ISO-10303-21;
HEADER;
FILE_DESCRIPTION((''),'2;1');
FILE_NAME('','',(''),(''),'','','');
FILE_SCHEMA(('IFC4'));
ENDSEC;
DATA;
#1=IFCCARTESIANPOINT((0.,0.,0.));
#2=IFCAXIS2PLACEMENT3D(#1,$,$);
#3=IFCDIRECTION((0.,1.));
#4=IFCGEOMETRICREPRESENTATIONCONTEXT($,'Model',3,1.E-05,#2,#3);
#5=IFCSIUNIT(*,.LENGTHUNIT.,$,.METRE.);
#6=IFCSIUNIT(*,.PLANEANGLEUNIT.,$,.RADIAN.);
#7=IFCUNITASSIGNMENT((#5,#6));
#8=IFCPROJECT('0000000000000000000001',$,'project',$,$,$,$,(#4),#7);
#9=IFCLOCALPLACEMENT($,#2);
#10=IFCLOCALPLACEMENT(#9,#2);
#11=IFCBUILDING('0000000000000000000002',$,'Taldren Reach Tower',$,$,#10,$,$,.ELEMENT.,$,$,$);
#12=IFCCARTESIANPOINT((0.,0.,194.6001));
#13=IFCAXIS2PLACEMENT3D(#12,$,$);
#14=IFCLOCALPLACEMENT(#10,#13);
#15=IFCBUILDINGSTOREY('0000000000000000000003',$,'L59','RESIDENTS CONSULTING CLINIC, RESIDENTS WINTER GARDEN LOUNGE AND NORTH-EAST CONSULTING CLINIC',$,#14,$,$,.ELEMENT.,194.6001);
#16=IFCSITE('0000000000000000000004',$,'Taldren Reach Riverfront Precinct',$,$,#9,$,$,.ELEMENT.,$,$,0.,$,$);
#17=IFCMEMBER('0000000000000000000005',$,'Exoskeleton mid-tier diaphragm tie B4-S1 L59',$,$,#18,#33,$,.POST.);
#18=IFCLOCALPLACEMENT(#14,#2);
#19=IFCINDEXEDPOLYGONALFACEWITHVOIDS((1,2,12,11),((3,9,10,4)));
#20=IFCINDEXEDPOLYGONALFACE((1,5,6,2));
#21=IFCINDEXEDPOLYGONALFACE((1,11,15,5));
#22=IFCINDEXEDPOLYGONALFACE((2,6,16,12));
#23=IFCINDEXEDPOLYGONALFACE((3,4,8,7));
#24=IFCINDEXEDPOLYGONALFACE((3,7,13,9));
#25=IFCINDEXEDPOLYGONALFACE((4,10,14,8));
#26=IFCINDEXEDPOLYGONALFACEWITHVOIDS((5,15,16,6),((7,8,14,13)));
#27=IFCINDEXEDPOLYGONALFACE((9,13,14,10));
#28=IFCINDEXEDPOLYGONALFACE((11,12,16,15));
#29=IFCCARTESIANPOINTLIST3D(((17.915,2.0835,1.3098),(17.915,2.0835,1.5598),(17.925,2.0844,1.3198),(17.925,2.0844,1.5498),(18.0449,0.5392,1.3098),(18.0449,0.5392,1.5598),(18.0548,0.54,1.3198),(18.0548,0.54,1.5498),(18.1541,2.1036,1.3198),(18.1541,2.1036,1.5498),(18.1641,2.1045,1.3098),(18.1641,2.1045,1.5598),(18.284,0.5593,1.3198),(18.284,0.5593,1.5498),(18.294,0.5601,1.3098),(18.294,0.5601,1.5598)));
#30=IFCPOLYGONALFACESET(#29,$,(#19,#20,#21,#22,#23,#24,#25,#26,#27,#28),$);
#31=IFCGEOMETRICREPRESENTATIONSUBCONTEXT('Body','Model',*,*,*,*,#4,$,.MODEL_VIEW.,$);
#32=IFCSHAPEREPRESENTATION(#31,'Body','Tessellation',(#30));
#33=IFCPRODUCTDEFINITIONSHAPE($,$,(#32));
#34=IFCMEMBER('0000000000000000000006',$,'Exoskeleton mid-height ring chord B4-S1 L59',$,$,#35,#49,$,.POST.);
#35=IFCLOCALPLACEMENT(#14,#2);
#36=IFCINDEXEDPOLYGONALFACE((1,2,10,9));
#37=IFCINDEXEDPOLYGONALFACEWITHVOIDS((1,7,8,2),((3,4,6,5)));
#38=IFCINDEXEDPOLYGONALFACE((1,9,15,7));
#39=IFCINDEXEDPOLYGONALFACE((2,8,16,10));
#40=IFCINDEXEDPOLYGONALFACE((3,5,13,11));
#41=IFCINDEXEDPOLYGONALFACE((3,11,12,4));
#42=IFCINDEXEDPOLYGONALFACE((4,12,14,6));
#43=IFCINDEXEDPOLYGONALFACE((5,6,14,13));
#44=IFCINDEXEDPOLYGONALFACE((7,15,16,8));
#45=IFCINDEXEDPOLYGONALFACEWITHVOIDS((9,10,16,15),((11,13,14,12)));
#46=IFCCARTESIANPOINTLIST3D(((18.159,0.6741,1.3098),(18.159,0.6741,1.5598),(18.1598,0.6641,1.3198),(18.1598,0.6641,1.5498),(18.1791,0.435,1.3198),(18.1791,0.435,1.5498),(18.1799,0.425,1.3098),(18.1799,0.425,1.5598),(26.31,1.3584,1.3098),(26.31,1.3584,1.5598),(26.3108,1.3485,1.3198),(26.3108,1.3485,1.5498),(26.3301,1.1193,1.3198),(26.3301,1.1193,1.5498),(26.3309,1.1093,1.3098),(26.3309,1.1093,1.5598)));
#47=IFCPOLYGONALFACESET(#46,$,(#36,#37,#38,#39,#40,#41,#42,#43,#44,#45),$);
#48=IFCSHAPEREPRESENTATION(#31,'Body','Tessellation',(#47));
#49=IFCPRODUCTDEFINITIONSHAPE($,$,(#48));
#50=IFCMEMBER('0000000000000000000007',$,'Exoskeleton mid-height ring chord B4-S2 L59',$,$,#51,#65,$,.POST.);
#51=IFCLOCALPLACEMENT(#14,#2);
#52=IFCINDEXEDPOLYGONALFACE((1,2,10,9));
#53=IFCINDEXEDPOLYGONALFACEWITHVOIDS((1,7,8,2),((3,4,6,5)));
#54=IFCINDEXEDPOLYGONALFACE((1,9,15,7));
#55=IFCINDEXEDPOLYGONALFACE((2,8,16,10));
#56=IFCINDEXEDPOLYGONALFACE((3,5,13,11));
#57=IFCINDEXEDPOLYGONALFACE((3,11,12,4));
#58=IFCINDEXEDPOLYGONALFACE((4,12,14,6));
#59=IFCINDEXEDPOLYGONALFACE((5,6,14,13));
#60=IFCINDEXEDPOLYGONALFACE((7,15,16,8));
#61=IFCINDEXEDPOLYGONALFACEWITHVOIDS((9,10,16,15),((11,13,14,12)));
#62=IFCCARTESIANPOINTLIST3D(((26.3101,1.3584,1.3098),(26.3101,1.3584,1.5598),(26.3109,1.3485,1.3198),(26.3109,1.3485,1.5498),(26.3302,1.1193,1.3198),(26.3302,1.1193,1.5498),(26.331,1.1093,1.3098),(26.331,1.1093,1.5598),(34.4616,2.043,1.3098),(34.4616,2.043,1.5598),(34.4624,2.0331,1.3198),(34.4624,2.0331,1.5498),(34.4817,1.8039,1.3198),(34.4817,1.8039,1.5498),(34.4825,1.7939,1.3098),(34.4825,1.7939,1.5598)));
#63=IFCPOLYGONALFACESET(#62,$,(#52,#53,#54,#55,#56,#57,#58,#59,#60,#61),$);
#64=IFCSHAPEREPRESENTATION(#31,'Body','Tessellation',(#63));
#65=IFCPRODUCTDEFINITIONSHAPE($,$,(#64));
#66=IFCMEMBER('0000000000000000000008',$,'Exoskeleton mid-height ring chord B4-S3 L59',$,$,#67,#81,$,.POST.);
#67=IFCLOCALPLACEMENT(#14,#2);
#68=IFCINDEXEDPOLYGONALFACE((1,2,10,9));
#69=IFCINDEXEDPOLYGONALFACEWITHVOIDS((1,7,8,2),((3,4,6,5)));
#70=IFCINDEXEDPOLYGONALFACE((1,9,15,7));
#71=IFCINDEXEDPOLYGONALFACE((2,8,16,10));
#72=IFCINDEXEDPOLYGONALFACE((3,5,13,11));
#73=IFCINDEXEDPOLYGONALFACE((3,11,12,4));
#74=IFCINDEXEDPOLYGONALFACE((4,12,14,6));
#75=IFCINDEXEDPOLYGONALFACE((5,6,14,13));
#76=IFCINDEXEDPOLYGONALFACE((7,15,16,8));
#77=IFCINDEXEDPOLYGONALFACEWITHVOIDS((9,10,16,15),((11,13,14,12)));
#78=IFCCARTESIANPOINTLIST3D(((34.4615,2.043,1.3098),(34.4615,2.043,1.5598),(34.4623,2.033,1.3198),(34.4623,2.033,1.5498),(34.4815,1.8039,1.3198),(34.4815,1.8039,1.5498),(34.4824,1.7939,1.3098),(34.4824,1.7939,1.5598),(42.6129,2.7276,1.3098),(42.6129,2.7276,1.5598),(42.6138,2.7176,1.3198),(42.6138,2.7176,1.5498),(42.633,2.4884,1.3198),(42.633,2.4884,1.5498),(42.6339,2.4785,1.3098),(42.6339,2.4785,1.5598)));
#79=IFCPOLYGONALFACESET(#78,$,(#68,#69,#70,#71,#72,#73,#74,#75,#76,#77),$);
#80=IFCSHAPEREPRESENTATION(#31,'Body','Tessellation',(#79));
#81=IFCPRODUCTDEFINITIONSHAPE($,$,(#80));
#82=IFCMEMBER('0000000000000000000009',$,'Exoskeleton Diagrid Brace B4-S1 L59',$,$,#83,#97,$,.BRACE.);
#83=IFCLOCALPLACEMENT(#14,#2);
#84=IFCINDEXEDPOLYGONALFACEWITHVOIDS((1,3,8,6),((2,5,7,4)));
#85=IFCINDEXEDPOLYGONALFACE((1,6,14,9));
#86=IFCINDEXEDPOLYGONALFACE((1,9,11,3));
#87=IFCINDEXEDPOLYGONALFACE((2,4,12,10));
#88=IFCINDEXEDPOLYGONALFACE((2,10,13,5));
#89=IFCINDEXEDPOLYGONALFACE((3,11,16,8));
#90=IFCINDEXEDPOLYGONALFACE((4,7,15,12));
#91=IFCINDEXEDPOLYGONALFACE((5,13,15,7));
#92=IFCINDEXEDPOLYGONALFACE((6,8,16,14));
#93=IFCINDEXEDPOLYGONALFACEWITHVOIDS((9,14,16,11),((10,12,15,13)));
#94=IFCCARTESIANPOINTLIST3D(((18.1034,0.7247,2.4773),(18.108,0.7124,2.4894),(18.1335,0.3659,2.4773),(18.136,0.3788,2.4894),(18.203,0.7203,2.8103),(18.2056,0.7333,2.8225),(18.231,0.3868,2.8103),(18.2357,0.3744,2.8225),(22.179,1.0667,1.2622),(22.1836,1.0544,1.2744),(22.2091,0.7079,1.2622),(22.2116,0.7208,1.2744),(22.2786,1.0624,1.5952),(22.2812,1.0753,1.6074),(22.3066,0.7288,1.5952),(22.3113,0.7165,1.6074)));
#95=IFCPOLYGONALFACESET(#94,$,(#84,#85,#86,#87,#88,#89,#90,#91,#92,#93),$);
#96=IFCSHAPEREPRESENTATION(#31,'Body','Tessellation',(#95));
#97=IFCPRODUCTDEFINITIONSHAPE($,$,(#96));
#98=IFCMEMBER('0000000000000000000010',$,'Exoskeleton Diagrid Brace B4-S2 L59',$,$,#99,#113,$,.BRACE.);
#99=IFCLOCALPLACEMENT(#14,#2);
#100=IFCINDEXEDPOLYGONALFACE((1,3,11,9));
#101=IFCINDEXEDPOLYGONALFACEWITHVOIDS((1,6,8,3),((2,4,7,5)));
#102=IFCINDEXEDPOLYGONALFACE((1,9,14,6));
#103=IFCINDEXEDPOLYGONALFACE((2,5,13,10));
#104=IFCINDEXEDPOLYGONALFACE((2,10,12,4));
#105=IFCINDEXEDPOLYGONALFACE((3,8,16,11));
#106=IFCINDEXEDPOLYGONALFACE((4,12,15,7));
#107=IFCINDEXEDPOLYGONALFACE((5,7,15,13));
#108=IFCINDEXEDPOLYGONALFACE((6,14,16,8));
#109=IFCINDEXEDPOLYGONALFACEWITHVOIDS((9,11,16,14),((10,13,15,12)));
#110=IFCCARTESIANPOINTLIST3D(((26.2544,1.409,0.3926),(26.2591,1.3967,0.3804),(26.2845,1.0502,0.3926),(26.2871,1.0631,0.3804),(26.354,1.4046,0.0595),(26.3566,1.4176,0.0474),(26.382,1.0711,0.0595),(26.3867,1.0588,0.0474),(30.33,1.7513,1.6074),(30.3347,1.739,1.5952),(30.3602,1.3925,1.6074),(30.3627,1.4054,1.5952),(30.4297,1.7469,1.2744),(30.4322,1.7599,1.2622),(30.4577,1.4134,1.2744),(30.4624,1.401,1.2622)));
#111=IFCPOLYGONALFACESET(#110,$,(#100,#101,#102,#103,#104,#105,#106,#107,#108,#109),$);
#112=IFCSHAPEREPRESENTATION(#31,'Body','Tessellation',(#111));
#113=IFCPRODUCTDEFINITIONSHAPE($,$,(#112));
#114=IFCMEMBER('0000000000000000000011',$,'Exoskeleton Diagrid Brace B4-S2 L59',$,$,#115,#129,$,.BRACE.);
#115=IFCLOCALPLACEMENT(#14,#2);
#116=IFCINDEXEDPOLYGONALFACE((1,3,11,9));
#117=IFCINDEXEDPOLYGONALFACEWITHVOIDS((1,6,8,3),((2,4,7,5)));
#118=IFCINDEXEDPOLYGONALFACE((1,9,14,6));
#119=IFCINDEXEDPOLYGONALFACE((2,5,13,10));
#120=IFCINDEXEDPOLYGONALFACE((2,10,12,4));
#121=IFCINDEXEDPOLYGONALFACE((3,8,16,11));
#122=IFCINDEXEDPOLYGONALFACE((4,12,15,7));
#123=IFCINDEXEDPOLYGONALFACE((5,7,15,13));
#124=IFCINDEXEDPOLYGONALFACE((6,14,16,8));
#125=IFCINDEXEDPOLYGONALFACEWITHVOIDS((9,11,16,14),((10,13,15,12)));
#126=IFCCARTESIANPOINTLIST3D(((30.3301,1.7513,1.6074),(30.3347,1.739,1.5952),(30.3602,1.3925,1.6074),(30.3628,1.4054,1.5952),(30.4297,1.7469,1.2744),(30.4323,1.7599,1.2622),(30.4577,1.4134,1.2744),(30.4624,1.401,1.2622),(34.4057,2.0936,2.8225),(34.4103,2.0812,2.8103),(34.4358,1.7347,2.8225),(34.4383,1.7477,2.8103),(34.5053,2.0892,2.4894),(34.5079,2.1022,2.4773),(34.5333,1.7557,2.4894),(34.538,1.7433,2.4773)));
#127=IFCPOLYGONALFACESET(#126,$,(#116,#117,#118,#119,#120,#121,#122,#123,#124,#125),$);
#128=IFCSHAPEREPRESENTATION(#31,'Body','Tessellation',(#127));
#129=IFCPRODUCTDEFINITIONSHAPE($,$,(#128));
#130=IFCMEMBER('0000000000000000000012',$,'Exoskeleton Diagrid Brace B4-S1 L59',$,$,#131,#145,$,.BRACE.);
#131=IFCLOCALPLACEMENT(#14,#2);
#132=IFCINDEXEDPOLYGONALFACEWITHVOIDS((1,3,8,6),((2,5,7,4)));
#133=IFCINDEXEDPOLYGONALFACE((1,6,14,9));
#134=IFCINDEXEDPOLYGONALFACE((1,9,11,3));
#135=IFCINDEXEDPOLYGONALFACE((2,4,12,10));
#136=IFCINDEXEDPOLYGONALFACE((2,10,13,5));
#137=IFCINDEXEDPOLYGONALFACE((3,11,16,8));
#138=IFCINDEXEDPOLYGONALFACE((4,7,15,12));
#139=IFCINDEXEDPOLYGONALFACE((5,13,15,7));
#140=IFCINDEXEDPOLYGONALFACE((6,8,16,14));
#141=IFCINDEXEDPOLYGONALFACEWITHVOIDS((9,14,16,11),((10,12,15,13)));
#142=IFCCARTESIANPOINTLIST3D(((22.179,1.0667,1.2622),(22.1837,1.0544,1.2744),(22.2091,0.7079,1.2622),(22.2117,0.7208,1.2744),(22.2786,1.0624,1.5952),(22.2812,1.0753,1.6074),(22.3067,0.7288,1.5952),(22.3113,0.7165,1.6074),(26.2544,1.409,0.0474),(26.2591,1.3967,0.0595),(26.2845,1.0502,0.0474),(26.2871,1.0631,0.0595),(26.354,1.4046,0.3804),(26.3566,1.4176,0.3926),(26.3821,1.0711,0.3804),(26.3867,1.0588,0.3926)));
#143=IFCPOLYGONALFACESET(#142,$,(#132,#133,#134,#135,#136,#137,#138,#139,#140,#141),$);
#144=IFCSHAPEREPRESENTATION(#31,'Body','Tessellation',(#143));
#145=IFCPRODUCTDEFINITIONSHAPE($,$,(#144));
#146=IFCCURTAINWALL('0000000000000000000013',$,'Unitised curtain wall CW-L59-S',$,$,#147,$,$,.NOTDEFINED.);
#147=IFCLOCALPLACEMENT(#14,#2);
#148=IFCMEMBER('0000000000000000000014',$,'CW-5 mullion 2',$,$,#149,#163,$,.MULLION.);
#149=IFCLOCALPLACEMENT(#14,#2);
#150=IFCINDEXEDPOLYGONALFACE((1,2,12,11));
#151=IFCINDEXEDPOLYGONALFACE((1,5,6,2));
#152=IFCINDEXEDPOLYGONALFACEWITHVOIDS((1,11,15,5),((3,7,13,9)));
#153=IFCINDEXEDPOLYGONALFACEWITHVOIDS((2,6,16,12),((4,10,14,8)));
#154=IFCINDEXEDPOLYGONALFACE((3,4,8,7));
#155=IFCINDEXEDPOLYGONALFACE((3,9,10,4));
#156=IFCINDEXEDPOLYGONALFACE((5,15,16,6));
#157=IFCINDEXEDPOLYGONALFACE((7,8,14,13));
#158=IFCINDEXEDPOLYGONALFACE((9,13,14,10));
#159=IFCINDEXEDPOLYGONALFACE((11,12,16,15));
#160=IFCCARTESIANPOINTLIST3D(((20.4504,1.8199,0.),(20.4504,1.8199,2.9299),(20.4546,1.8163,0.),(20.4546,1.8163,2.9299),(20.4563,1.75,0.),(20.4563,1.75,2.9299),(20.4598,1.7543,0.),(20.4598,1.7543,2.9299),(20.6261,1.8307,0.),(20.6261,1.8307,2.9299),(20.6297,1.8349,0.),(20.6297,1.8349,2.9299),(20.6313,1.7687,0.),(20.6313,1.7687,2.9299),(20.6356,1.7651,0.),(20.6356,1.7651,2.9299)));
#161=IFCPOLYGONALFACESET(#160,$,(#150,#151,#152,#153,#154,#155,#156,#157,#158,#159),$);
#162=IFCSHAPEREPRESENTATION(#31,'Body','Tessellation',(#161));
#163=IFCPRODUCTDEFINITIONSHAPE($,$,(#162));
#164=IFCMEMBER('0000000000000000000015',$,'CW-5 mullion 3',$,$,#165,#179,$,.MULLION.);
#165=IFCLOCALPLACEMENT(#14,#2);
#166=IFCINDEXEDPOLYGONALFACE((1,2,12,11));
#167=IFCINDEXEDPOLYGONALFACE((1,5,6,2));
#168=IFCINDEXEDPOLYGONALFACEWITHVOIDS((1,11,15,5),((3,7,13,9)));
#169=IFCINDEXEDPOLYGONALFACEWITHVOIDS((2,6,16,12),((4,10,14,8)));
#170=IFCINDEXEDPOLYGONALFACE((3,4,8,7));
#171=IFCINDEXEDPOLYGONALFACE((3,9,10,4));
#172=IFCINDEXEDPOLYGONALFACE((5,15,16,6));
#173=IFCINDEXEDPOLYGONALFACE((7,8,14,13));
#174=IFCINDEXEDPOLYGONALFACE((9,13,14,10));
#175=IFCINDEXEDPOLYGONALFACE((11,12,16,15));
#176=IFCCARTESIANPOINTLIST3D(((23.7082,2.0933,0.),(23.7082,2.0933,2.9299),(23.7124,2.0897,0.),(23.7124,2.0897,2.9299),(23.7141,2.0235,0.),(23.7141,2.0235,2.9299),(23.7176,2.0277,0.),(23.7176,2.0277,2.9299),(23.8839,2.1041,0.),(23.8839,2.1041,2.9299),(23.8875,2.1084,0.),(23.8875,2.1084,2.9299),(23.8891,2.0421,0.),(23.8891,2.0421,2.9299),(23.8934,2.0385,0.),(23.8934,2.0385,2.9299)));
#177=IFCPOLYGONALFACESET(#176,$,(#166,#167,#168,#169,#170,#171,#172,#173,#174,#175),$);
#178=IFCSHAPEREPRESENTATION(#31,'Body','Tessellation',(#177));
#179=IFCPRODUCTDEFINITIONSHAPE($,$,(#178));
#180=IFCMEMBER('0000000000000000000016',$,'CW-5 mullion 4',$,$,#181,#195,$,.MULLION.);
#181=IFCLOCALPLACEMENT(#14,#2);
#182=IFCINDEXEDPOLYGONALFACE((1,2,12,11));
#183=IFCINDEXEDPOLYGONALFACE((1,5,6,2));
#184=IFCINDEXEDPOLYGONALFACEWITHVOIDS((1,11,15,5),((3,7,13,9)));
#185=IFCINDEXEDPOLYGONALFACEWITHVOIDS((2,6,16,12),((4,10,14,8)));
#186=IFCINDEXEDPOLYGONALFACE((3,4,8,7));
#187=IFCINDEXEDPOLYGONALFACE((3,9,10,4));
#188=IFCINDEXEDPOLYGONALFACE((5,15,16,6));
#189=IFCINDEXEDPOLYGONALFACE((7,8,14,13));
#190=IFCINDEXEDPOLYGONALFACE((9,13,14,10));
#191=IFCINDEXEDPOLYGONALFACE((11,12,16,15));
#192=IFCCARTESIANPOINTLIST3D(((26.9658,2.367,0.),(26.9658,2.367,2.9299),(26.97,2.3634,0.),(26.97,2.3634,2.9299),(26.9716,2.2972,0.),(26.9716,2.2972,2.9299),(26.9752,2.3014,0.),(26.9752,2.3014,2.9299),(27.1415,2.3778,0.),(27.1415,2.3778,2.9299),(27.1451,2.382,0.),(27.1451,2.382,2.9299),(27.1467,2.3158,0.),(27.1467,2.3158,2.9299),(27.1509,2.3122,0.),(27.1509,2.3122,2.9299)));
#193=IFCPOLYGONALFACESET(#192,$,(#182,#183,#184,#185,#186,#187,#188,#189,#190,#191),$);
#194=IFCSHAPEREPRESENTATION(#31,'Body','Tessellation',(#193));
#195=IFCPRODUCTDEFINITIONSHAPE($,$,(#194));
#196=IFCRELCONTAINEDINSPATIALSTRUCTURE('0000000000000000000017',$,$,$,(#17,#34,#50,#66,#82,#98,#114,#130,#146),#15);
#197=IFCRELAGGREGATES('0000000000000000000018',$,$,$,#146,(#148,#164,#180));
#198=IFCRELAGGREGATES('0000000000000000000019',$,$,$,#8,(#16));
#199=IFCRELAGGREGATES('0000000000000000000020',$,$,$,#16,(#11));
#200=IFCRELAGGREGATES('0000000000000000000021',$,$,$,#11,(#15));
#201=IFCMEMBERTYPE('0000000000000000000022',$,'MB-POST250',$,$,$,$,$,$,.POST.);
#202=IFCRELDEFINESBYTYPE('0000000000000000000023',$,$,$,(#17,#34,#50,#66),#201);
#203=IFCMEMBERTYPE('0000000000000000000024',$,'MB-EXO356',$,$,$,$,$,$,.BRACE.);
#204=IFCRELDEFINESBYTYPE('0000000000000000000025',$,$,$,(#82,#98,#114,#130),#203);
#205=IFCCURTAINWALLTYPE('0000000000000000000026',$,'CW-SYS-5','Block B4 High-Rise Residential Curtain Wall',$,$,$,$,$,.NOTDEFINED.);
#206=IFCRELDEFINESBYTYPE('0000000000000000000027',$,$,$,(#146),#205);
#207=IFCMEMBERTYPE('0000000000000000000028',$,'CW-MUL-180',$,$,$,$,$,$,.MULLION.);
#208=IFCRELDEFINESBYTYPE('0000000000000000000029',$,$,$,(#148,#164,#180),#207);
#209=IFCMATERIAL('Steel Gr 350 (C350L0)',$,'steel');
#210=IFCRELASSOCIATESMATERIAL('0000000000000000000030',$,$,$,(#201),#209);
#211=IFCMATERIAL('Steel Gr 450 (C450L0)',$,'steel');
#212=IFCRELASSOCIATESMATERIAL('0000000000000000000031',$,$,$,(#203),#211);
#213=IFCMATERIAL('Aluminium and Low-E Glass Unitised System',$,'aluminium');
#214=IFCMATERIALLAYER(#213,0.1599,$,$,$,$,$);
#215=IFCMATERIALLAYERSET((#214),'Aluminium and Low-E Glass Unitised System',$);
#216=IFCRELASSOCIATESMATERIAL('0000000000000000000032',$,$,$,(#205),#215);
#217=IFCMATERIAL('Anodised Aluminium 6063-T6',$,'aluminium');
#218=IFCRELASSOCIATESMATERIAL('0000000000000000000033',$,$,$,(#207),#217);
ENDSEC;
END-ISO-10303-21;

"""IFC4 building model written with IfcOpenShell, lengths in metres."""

from ifc_helpers import new_model, si_unit, direction, frame, origin, origin_2d, place, context, subcontext, project, spatial, hollow_rectangle, extrude, source, transform, mapped, material, layer, layer_set, material_profile, profile_set, type_object, element, aggregate, save


model = new_model("IFC4")

# Units and contexts
model_context = context("Model", 3, precision=1e-05, world=origin(), true_north=direction((0.0, 1.0)))
body_context = subcontext(model_context, "Body", "Model", "MODEL_VIEW")
ifc_project = project(units=[si_unit("LENGTHUNIT", "METRE"), si_unit("PLANEANGLEUNIT", "RADIAN")], contexts=[model_context])

# Site, building, storey
site_placement = place(None, origin())
site = spatial("IfcSite", under=ifc_project, at=site_placement, Name="Taldren Reach Riverfront Precinct", CompositionType="ELEMENT", RefElevation=0.0)
building_placement = place(site_placement, origin())
building = spatial("IfcBuilding", under=site, at=building_placement, Name="Taldren Reach Tower", CompositionType="ELEMENT")
storey_placement = place(building_placement, frame((0.0, 0.0, 194.6001)))
storey = spatial("IfcBuildingStorey", under=building, at=storey_placement, Name="L59", Description="RESIDENTS CONSULTING CLINIC, RESIDENTS WINTER GARDEN LOUNGE AND NORTH-EAST CONSULTING CLINIC", CompositionType="ELEMENT", Elevation=194.6001)

# Members
ifc_material_1 = material(Name="Steel Gr 350 (C350L0)", Category="steel")
ifc_material_profile_1 = material_profile(ifc_material_1, hollow_rectangle(XDim=0.25, YDim=0.25, WallThickness=0.01, at=origin_2d()), Name="250x250x10.0SHS")
ifc_profile_set_1 = profile_set([ifc_material_profile_1], Name="Steel Gr 350 (C350L0)")
member_type_1 = type_object("IfcMemberType", Name="MB-POST250", PredefinedType="POST", material=ifc_profile_set_1)
shared_shape_1 = source(origin(), body_context, "Body", "SweptSolid", [
    extrude(hollow_rectangle(XDim=0.25, YDim=0.25, WallThickness=0.01, at=origin_2d()), origin(), (0.0, 0.0, 1.0), 1.5498),
])
member_1_placement = place(storey_placement, frame((18.0396, 2.094, 1.4348), z_axis=(0.083802, -0.996482, 0.0), x_axis=(0.996482, 0.083802, 0.0)))
element("IfcMember", 1, at=member_1_placement, inside=storey, type_object=member_type_1, Name="Exoskeleton mid-tier diaphragm tie B4-S1 L59", PredefinedType="POST", context=body_context, shape_type="MappedRepresentation", body=[
    mapped(shared_shape_1, transform((0.0, 0.0, 0.0), scale=1.0)),
])
shared_shape_2 = source(origin(), body_context, "Body", "SweptSolid", [
    extrude(hollow_rectangle(XDim=0.25, YDim=0.25, WallThickness=0.01, at=origin_2d()), origin(), (0.0, 0.0, 1.0), 8.1797),
])
member_2_placement = place(storey_placement, frame((18.1694, 0.5496, 1.4348), z_axis=(0.996494, 0.083661, 0.0), x_axis=(-0.083661, 0.996494, 0.0)))
element("IfcMember", 2, at=member_2_placement, inside=storey, type_object=member_type_1, Name="Exoskeleton mid-height ring chord B4-S1 L59", PredefinedType="POST", context=body_context, shape_type="MappedRepresentation", body=[
    mapped(shared_shape_2, transform((0.0, 0.0, 0.0), scale=1.0)),
])
shared_shape_3 = source(origin(), body_context, "Body", "SweptSolid", [
    extrude(hollow_rectangle(XDim=0.25, YDim=0.25, WallThickness=0.01, at=origin_2d()), origin(), (0.0, 0.0, 1.0), 8.1802),
])
for number, where, z_axis, x_axis, name in (
    (3, (26.3206, 1.2339, 1.4348), (0.996492, 0.083688, 0.0), (-0.083688, 0.996492, 0.0), "Exoskeleton mid-height ring chord B4-S2 L59"),
    (4, (34.4719, 1.9185, 1.4348), (0.996492, 0.083688, 0.0), (-0.083688, 0.996492, 0.0), "Exoskeleton mid-height ring chord B4-S3 L59"),
):
    element("IfcMember", number, at=place(storey_placement, frame(where, z_axis=z_axis, x_axis=x_axis)), inside=storey, type_object=member_type_1, Name=name, PredefinedType="POST", context=body_context, shape_type="MappedRepresentation", body=[
        mapped(shared_shape_3, transform((0.0, 0.0, 0.0), scale=1.0)),
    ])
ifc_material_2 = material(Name="Steel Gr 450 (C450L0)", Category="steel")
ifc_material_profile_2 = material_profile(ifc_material_2, hollow_rectangle(XDim=0.3601, YDim=0.3601, WallThickness=0.0127, at=origin_2d()), Name="360x360x12.7SHS")
ifc_profile_set_2 = profile_set([ifc_material_profile_2], Name="Steel Gr 450 (C450L0)")
member_type_2 = type_object("IfcMemberType", Name="MB-EXO356", PredefinedType="BRACE", material=ifc_profile_set_2)
shared_shape_4 = source(origin(), body_context, "Body", "SweptSolid", [
    extrude(hollow_rectangle(XDim=0.3601, YDim=0.3601, WallThickness=0.0127, at=origin_2d()), origin(), (0.0, 0.0, 1.0), 4.2666),
])
for number, where, z_axis, x_axis, name in (
    (5, (22.2451, 0.8916, 1.4348), (-0.955234, -0.080165, 0.284785), (0.083628, -0.996497, 0.0), "Exoskeleton Diagrid Brace B4-S1 L59"),
    (6, (26.3206, 1.2339, 0.22), (0.955245, 0.080224, 0.284731), (-0.083688, 0.996492, 0.0), "Exoskeleton Diagrid Brace B4-S2 L59"),
    (7, (30.3962, 1.5762, 1.4348), (0.955229, 0.080222, 0.284783), (-0.083688, 0.996492, 0.0), "Exoskeleton Diagrid Brace B4-S2 L59"),
):
    element("IfcMember", number, at=place(storey_placement, frame(where, z_axis=z_axis, x_axis=x_axis)), inside=storey, type_object=member_type_2, Name=name, PredefinedType="BRACE", context=body_context, shape_type="MappedRepresentation", body=[
        mapped(shared_shape_4, transform((0.0, 0.0, 0.0), scale=1.0)),
    ])
shared_shape_5 = source(origin(), body_context, "Body", "SweptSolid", [
    extrude(hollow_rectangle(XDim=0.3601, YDim=0.3601, WallThickness=0.0127, at=origin_2d()), origin(), (0.0, 0.0, 1.0), 4.2664),
])
member_3_placement = place(storey_placement, frame((26.3206, 1.2339, 0.22), z_axis=(-0.95524, -0.080228, 0.284746), x_axis=(0.083693, -0.996492, 0.0)))
element("IfcMember", 8, at=member_3_placement, inside=storey, type_object=member_type_2, Name="Exoskeleton Diagrid Brace B4-S1 L59", PredefinedType="BRACE", context=body_context, shape_type="MappedRepresentation", body=[
    mapped(shared_shape_5, transform((0.0, 0.0, 0.0), scale=1.0)),
])

# Curtain wall, members
ifc_material_3 = material(Name="Aluminium and Low-E Glass Unitised System", Category="aluminium")
ifc_layer_1 = layer(ifc_material_3, 0.1599)
ifc_layer_set_1 = layer_set([ifc_layer_1], Name="Aluminium and Low-E Glass Unitised System")
curtain_wall_type = type_object("IfcCurtainWallType", Name="CW-SYS-5", Description="Block B4 High-Rise Residential Curtain Wall", PredefinedType="NOTDEFINED", material=ifc_layer_set_1)
curtain_wall_placement = place(storey_placement, origin())
curtain_wall = element("IfcCurtainWall", 9, at=curtain_wall_placement, inside=storey, type_object=curtain_wall_type, Name="Unitised curtain wall CW-L59-S", PredefinedType="NOTDEFINED")
ifc_material_4 = material(Name="Anodised Aluminium 6063-T6", Category="aluminium")
ifc_material_profile_3 = material_profile(ifc_material_4, hollow_rectangle(XDim=0.0701, YDim=0.1799, WallThickness=0.0039, at=origin_2d()), Name="ALU-180x70x4RHS")
ifc_profile_set_3 = profile_set([ifc_material_profile_3], Name="Anodised Aluminium 6063-T6")
member_type_3 = type_object("IfcMemberType", Name="CW-MUL-180", PredefinedType="MULLION", material=ifc_profile_set_3)
shared_shape_6 = source(origin(), body_context, "Body", "SweptSolid", [
    extrude(hollow_rectangle(XDim=0.0701, YDim=0.1799, WallThickness=0.0039, at=origin_2d()), origin(), (0.0, 0.0, 1.0), 2.9299),
])
member_4_placement = place(storey_placement, frame((20.543, 1.7925, 0.0), z_axis=(0.0, 0.0, 1.0), x_axis=(-0.083678, 0.996493, 0.0)))
member_4 = element("IfcMember", 10, at=member_4_placement, type_object=member_type_3, Name="CW-5 mullion 2", PredefinedType="MULLION", context=body_context, shape_type="MappedRepresentation", body=[
    mapped(shared_shape_6, transform((0.0, 0.0, 0.0), scale=1.0)),
])
member_5_placement = place(storey_placement, frame((23.8008, 2.0659, 0.0), z_axis=(0.0, 0.0, 1.0), x_axis=(-0.083678, 0.996493, 0.0)))
member_5 = element("IfcMember", 11, at=member_5_placement, type_object=member_type_3, Name="CW-5 mullion 3", PredefinedType="MULLION", context=body_context, shape_type="MappedRepresentation", body=[
    mapped(shared_shape_6, transform((0.0, 0.0, 0.0), scale=1.0)),
])
member_6_placement = place(storey_placement, frame((27.0583, 2.3396, 0.0), z_axis=(0.0, 0.0, 1.0), x_axis=(-0.083678, 0.996493, 0.0)))
member_6 = element("IfcMember", 12, at=member_6_placement, type_object=member_type_3, Name="CW-5 mullion 4", PredefinedType="MULLION", context=body_context, shape_type="MappedRepresentation", body=[
    mapped(shared_shape_6, transform((0.0, 0.0, 0.0), scale=1.0)),
])

aggregate(curtain_wall, [member_4, member_5, member_6])

save(model, "model.ifc")
